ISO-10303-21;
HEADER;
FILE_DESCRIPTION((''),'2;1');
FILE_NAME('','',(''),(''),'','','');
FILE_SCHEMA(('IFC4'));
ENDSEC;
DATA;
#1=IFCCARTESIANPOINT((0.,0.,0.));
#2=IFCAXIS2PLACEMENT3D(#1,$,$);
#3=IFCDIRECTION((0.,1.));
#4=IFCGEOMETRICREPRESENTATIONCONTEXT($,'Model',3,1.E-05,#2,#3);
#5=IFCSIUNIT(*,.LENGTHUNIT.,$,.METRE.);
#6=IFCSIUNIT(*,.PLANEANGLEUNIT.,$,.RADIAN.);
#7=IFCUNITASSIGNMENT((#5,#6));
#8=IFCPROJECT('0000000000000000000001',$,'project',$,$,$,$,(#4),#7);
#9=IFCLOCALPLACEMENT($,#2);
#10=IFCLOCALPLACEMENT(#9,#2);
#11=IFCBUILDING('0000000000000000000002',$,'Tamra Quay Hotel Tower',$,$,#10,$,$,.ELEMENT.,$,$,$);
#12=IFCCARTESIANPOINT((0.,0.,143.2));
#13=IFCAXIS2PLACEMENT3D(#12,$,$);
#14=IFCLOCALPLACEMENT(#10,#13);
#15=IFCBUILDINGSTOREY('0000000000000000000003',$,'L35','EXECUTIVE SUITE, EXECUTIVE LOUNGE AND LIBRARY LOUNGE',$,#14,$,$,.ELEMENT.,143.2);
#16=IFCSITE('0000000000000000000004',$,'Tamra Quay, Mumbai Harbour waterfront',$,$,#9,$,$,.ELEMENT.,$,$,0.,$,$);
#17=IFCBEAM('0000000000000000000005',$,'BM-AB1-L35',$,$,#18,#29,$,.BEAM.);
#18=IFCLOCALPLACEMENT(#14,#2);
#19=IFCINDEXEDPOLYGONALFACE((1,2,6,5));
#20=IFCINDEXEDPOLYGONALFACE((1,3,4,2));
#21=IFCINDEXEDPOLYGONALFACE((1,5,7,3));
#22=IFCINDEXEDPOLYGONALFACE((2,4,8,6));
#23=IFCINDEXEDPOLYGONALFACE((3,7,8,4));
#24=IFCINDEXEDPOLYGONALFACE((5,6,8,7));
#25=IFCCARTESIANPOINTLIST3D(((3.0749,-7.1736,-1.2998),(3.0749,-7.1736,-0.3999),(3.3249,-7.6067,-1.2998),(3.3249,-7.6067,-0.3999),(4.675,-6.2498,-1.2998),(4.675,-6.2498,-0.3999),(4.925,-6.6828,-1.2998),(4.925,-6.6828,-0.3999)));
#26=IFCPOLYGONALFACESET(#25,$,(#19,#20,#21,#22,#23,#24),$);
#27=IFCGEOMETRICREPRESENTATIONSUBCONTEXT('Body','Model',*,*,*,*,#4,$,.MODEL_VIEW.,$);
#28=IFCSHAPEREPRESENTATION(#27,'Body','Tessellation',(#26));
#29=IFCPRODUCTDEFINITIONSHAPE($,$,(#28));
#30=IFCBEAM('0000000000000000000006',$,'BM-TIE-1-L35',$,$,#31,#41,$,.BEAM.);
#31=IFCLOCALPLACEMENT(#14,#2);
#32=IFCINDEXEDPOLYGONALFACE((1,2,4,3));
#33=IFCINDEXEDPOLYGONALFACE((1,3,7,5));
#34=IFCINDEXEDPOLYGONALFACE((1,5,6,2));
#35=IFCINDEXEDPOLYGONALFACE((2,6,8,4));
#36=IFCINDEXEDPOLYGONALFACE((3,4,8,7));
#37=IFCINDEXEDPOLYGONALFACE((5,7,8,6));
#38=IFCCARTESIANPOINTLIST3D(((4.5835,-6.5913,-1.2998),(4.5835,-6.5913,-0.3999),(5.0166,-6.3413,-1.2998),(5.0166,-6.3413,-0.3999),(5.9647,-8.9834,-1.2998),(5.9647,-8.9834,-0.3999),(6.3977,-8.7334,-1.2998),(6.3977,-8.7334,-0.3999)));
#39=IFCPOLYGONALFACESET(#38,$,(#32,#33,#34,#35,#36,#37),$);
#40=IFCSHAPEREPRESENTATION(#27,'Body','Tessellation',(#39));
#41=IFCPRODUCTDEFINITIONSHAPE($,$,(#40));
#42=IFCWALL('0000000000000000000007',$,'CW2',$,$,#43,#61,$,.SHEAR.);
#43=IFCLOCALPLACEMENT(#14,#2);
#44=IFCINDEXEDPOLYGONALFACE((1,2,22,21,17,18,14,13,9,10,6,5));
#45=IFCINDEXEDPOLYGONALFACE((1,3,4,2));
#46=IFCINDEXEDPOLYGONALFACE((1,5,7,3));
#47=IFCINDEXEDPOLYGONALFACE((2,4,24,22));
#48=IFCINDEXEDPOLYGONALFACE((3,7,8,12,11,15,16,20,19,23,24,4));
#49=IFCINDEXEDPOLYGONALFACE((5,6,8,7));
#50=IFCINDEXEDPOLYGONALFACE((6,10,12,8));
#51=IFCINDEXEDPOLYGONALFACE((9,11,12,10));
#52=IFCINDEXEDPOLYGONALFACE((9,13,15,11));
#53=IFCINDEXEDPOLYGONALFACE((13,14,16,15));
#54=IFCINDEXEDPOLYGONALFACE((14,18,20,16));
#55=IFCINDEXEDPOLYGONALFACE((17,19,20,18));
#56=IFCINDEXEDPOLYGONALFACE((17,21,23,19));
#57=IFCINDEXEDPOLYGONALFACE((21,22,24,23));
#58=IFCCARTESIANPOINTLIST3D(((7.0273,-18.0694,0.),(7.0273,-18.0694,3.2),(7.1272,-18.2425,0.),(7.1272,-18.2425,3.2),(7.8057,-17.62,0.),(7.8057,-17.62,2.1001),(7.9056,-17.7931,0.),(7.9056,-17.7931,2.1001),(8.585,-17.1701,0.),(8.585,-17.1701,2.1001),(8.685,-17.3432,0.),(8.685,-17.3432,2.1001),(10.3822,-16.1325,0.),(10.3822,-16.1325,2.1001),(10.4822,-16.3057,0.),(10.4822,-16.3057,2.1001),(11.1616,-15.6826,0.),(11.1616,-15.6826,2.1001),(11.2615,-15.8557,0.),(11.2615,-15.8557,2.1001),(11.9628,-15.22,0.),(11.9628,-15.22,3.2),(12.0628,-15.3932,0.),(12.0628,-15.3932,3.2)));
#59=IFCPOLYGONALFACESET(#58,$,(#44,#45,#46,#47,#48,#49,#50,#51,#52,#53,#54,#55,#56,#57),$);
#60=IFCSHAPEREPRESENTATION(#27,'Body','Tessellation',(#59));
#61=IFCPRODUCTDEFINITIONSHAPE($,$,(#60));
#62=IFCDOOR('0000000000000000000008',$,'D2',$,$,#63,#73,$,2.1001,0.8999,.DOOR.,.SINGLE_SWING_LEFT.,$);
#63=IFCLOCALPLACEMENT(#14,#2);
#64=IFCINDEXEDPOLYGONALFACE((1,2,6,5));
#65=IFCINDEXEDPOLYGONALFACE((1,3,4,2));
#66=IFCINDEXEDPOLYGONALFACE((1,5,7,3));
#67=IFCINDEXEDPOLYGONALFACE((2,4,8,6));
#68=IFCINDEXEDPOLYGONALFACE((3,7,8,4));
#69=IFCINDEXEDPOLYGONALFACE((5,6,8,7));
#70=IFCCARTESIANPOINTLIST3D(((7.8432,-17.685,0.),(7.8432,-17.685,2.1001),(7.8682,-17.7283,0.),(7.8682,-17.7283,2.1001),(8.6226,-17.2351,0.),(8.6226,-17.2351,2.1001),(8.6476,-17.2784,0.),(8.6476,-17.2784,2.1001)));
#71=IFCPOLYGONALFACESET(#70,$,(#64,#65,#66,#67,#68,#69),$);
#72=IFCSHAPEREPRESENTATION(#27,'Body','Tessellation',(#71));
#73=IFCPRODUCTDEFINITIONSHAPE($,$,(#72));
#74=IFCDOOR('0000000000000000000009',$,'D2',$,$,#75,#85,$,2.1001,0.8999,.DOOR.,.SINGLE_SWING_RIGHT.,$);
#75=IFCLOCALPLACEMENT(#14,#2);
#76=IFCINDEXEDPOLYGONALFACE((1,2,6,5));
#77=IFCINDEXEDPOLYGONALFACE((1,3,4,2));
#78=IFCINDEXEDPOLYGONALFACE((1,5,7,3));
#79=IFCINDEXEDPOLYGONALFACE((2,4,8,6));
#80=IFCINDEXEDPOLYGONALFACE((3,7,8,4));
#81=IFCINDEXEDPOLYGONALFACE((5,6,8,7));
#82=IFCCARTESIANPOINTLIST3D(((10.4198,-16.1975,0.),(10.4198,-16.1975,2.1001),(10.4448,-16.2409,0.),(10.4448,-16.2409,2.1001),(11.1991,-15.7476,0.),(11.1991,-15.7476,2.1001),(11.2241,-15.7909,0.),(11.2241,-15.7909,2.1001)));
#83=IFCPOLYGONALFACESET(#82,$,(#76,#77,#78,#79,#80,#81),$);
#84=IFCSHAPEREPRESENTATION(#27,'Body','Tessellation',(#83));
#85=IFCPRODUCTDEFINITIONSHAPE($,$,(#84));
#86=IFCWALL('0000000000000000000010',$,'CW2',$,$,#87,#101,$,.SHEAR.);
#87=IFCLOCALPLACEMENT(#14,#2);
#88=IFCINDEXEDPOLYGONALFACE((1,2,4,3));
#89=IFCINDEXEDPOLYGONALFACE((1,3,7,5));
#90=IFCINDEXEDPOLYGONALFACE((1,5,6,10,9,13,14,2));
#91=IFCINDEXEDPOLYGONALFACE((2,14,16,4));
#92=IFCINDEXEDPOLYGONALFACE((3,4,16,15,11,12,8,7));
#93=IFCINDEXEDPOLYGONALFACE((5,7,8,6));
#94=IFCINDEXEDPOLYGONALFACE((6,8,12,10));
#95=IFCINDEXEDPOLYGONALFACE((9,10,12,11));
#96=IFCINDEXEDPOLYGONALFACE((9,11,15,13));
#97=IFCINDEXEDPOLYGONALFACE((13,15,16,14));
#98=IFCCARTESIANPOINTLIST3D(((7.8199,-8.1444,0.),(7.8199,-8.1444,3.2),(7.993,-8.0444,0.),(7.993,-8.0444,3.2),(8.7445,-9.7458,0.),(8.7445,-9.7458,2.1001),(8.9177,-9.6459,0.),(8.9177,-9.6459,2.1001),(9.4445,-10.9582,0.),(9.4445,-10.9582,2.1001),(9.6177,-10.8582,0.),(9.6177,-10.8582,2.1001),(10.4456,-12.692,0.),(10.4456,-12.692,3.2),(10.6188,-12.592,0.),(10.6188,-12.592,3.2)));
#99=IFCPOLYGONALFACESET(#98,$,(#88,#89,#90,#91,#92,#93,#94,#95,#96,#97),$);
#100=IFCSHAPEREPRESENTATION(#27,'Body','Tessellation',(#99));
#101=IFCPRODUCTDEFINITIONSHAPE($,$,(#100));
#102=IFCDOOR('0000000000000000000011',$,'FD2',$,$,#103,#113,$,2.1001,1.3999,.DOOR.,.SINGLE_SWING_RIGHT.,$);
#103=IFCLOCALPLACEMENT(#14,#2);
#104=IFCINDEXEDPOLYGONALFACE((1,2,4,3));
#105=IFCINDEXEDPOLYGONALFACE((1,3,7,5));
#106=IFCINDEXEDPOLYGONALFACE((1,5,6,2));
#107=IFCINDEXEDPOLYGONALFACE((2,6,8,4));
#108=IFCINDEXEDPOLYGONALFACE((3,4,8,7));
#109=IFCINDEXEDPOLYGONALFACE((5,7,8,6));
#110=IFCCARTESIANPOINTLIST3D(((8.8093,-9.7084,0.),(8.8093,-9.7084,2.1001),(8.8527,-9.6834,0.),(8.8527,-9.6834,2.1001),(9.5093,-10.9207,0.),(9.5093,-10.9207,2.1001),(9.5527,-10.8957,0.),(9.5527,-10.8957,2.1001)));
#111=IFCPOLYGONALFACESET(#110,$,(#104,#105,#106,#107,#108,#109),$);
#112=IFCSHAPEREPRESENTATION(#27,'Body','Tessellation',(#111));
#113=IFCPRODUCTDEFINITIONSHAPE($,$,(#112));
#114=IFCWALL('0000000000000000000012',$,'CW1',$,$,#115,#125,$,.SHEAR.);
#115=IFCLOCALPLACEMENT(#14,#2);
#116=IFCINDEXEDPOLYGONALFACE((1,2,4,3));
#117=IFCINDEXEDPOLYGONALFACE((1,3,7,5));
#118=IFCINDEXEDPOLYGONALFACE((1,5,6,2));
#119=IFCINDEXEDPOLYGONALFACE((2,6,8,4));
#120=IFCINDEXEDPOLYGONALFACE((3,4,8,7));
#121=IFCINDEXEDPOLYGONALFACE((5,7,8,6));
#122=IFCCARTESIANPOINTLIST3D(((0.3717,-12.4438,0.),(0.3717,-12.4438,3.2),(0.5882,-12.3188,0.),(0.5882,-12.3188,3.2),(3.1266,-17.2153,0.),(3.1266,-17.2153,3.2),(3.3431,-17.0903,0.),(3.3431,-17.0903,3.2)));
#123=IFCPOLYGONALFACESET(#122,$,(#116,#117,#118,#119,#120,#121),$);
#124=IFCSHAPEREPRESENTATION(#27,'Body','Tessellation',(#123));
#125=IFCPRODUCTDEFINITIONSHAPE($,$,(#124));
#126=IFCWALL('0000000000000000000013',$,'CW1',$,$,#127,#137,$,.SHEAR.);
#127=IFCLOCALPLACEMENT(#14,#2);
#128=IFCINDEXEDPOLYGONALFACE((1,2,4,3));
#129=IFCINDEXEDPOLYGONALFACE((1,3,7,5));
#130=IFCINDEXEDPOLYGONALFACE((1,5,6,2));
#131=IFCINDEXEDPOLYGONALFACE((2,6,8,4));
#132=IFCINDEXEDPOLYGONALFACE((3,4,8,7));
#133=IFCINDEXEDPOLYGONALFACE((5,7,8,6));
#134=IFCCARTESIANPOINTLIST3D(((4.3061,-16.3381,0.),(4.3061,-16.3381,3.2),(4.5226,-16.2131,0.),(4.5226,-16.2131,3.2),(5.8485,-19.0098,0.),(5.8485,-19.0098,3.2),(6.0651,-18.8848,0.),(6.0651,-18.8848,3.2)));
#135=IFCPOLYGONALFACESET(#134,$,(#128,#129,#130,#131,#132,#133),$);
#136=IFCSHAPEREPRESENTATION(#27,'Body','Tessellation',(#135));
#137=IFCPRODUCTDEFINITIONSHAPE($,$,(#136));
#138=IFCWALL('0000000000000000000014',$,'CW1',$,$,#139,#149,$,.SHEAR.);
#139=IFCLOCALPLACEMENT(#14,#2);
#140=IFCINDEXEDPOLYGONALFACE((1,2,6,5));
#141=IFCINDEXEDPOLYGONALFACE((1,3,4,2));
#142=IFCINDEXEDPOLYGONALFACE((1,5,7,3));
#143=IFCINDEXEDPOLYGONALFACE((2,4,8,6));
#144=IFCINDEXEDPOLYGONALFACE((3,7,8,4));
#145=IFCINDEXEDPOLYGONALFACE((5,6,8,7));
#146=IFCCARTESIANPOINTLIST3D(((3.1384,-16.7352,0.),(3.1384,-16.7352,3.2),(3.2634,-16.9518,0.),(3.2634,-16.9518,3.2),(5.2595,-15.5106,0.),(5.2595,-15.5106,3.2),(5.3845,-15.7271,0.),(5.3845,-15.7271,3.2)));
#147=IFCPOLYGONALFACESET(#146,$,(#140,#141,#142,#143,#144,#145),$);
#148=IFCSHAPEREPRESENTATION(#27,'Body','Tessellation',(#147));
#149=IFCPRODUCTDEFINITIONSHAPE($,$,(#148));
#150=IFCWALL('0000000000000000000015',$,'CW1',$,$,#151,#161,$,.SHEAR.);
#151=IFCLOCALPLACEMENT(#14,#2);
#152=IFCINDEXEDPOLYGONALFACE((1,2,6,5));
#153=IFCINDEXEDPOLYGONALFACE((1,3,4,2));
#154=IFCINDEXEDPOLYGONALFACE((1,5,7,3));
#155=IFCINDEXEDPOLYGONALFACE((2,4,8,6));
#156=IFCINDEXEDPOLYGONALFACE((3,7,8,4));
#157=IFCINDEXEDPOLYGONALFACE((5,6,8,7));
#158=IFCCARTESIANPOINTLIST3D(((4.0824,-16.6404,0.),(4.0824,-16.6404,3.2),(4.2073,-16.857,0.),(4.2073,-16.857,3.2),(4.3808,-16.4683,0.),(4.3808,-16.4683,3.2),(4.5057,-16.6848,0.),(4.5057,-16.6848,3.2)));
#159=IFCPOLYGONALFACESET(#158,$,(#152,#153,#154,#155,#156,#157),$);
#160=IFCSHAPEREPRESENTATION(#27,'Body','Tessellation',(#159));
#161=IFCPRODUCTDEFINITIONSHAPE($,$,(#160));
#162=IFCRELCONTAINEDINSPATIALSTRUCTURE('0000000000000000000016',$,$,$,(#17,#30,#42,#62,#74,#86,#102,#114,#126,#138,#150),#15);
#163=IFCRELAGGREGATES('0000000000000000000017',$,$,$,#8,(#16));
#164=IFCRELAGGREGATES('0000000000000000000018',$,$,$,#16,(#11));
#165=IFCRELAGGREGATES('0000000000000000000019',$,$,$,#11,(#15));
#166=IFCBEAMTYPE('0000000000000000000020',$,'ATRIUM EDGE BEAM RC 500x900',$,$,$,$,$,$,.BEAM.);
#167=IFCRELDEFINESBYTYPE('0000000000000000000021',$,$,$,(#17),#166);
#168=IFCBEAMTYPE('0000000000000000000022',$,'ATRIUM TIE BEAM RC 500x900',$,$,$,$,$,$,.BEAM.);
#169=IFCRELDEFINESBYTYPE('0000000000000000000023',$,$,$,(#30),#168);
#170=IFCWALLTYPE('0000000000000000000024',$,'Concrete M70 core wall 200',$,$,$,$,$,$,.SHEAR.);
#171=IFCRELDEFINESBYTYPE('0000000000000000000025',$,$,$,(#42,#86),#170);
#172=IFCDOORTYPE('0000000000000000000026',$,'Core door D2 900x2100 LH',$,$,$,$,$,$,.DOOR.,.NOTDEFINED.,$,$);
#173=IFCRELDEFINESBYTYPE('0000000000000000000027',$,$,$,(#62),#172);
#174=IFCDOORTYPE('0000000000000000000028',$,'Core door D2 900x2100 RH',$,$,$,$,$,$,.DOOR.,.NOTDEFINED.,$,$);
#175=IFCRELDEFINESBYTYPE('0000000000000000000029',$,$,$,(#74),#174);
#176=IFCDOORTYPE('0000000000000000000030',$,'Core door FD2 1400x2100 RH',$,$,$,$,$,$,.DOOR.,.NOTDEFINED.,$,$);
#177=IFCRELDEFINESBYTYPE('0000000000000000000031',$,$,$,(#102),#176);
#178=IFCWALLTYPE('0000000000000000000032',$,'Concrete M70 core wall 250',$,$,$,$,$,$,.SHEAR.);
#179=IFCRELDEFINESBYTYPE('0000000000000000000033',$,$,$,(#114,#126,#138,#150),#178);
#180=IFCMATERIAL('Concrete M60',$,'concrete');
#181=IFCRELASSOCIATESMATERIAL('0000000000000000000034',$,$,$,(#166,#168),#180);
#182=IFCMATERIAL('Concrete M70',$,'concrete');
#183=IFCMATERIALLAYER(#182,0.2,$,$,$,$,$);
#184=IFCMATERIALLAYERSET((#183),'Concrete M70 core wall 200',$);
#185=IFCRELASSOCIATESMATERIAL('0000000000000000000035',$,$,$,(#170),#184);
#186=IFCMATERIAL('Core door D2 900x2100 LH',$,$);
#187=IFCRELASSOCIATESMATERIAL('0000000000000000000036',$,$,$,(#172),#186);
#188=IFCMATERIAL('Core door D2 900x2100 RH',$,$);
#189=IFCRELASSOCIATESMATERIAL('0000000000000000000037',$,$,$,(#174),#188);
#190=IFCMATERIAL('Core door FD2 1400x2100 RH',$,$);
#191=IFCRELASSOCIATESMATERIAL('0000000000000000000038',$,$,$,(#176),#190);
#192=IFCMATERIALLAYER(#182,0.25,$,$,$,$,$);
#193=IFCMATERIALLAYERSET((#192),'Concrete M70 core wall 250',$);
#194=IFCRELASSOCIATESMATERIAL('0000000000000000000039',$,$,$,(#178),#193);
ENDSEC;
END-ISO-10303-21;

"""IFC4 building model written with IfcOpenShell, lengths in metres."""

from ifc_helpers import new_model, si_unit, direction, frame, frame_2d, origin, origin_2d, place, context, subcontext, project, spatial, rectangle, extrude, material, layer, layer_set, material_profile, profile_set, type_object, element, fill, save


model = new_model("IFC4")

# Units and contexts
model_context = context("Model", 3, precision=1e-05, world=origin(), true_north=direction((0.0, 1.0)))
body_context = subcontext(model_context, "Body", "Model", "MODEL_VIEW")
ifc_project = project(units=[si_unit("LENGTHUNIT", "METRE"), si_unit("PLANEANGLEUNIT", "RADIAN")], contexts=[model_context])

# Site, building, storey
site_placement = place(None, origin())
site = spatial("IfcSite", under=ifc_project, at=site_placement, Name="Tamra Quay, Mumbai Harbour waterfront", CompositionType="ELEMENT", RefElevation=0.0)
building_placement = place(site_placement, origin())
building = spatial("IfcBuilding", under=site, at=building_placement, Name="Tamra Quay Hotel Tower", CompositionType="ELEMENT")
storey_placement = place(building_placement, frame((0.0, 0.0, 143.2)))
storey = spatial("IfcBuildingStorey", under=building, at=storey_placement, Name="L35", Description="EXECUTIVE SUITE, EXECUTIVE LOUNGE AND LIBRARY LOUNGE", CompositionType="ELEMENT", Elevation=143.2)

# Beams
ifc_material_1 = material(Name="Concrete M60", Category="concrete")
ifc_material_profile_1 = material_profile(ifc_material_1, rectangle(XDim=0.5, YDim=0.8999, at=origin_2d()), Name="ATRIUM EDGE BEAM RC 500x900")
ifc_profile_set_1 = profile_set([ifc_material_profile_1], Name="Concrete M60")
beam_type_1 = type_object("IfcBeamType", Name="ATRIUM EDGE BEAM RC 500x900", PredefinedType="BEAM", material=ifc_profile_set_1)
beam_1_placement = place(storey_placement, frame((4.8, -6.4663, -0.8499), z_axis=(-0.866023, -0.500005, 0.0), x_axis=(0.500005, -0.866023, 0.0)))
element("IfcBeam", 1, at=beam_1_placement, inside=storey, type_object=beam_type_1, Name="BM-AB1-L35", PredefinedType="BEAM", context=body_context, shape_type="SweptSolid", body=[
    extrude(rectangle(XDim=0.5, YDim=0.8999, at=origin_2d()), origin(), (0.0, 0.0, 1.0), 1.8477),
])
ifc_material_profile_2 = material_profile(ifc_material_1, rectangle(XDim=0.5, YDim=0.8999, at=origin_2d()), Name="ATRIUM TIE BEAM RC 500x900")
ifc_profile_set_2 = profile_set([ifc_material_profile_2], Name="Concrete M60")
beam_type_2 = type_object("IfcBeamType", Name="ATRIUM TIE BEAM RC 500x900", PredefinedType="BEAM", material=ifc_profile_set_2)
beam_2_placement = place(storey_placement, frame((4.8, -6.4663, -0.8499), z_axis=(0.500008, -0.866021, 0.0), x_axis=(0.866021, 0.500008, 0.0)))
element("IfcBeam", 2, at=beam_2_placement, inside=storey, type_object=beam_type_2, Name="BM-TIE-1-L35", PredefinedType="BEAM", context=body_context, shape_type="SweptSolid", body=[
    extrude(rectangle(XDim=0.5, YDim=0.8999, at=origin_2d()), origin(), (0.0, 0.0, 1.0), 2.7622),
])

# Wall, openings, doors
ifc_material_2 = material(Name="Concrete M70", Category="concrete")
ifc_layer_1 = layer(ifc_material_2, 0.2)
ifc_layer_set_1 = layer_set([ifc_layer_1], Name="Concrete M70 core wall 200")
wall_type_1 = type_object("IfcWallType", Name="Concrete M70 core wall 200", PredefinedType="SHEAR", material=ifc_layer_set_1)
wall_1_placement = place(storey_placement, frame((7.0771, -18.156, 0.0), z_axis=(0.0, 0.0, 1.0), x_axis=(0.866039, 0.499977, 0.0)))
wall_1 = element("IfcWall", 3, at=wall_1_placement, inside=storey, type_object=wall_type_1, Name="CW2", PredefinedType="SHEAR", context=body_context, shape_type="SweptSolid", body=[
    extrude(rectangle(XDim=5.699, YDim=0.2, at=frame_2d((2.8496, 0.0))), origin(), (0.0, 0.0, 1.0), 3.2),
])
opening_1_placement = place(wall_1_placement, frame((0.8989, 0.0, 0.0)))
opening_1 = element("IfcOpeningElement", 4, at=opening_1_placement, cuts=wall_1, PredefinedType="OPENING", context=body_context, shape_type="SweptSolid", body=[
    extrude(rectangle(XDim=0.8999, YDim=2.1001, at=frame_2d((0.45, 1.05))), frame((0.0, 0.1099, 0.0), z_axis=(0.0, -1.0, 0.0), x_axis=(1.0, 0.0, 0.0)), (0.0, 0.0, 1.0), 0.22),
])
opening_2_placement = place(wall_1_placement, frame((3.874, 0.0, 0.0)))
opening_2 = element("IfcOpeningElement", 5, at=opening_2_placement, cuts=wall_1, PredefinedType="OPENING", context=body_context, shape_type="SweptSolid", body=[
    extrude(rectangle(XDim=0.8999, YDim=2.1001, at=frame_2d((0.45, 1.05))), frame((0.0, 0.1099, 0.0), z_axis=(0.0, -1.0, 0.0), x_axis=(1.0, 0.0, 0.0)), (0.0, 0.0, 1.0), 0.22),
])
ifc_material_3 = material(Name="Core door D2 900x2100 LH")
door_type_1 = type_object("IfcDoorType", Name="Core door D2 900x2100 LH", OperationType="NOTDEFINED", PredefinedType="DOOR", material=ifc_material_3)
door_1_placement = place(opening_1_placement, origin())
door_1 = element("IfcDoor", 6, at=door_1_placement, inside=storey, type_object=door_type_1, Name="D2", OperationType="SINGLE_SWING_LEFT", OverallHeight=2.1001, OverallWidth=0.8999, PredefinedType="DOOR", context=body_context, shape_type="SweptSolid", body=[
    extrude(rectangle(XDim=0.8999, YDim=2.1001, at=frame_2d((0.45, 1.05))), frame((0.0, 0.0249, 0.0), z_axis=(0.0, -1.0, 0.0), x_axis=(1.0, 0.0, 0.0)), (0.0, 0.0, 1.0), 0.05),
])
fill(opening_1, door_1)
ifc_material_4 = material(Name="Core door D2 900x2100 RH")
door_type_2 = type_object("IfcDoorType", Name="Core door D2 900x2100 RH", OperationType="NOTDEFINED", PredefinedType="DOOR", material=ifc_material_4)
door_2_placement = place(opening_2_placement, origin())
door_2 = element("IfcDoor", 7, at=door_2_placement, inside=storey, type_object=door_type_2, Name="D2", OperationType="SINGLE_SWING_RIGHT", OverallHeight=2.1001, OverallWidth=0.8999, PredefinedType="DOOR", context=body_context, shape_type="SweptSolid", body=[
    extrude(rectangle(XDim=0.8999, YDim=2.1001, at=frame_2d((0.45, 1.05))), frame((0.0, 0.0249, 0.0), z_axis=(0.0, -1.0, 0.0), x_axis=(1.0, 0.0, 0.0)), (0.0, 0.0, 1.0), 0.05),
])
fill(opening_2, door_2)

# Wall, opening, door
wall_2_placement = place(storey_placement, frame((7.9065, -8.0945, 0.0), z_axis=(0.0, 0.0, 1.0), x_axis=(0.500024, -0.866011, 0.0)))
wall_2 = element("IfcWall", 8, at=wall_2_placement, inside=storey, type_object=wall_type_1, Name="CW2", PredefinedType="SHEAR", context=body_context, shape_type="SweptSolid", body=[
    extrude(rectangle(XDim=5.2512, YDim=0.2, at=frame_2d((2.6255, 0.0))), origin(), (0.0, 0.0, 1.0), 3.2),
])
opening_3_placement = place(wall_2_placement, frame((1.8491, 0.0, 0.0)))
opening_3 = element("IfcOpeningElement", 9, at=opening_3_placement, cuts=wall_2, PredefinedType="OPENING", context=body_context, shape_type="SweptSolid", body=[
    extrude(rectangle(XDim=1.3999, YDim=2.1001, at=frame_2d((0.7, 1.05))), frame((0.0, 0.1099, 0.0), z_axis=(0.0, -1.0, 0.0), x_axis=(1.0, 0.0, 0.0)), (0.0, 0.0, 1.0), 0.22),
])
ifc_material_5 = material(Name="Core door FD2 1400x2100 RH")
door_type_3 = type_object("IfcDoorType", Name="Core door FD2 1400x2100 RH", OperationType="NOTDEFINED", PredefinedType="DOOR", material=ifc_material_5)
door_3_placement = place(opening_3_placement, origin())
door_3 = element("IfcDoor", 10, at=door_3_placement, inside=storey, type_object=door_type_3, Name="FD2", OperationType="SINGLE_SWING_RIGHT", OverallHeight=2.1001, OverallWidth=1.3999, PredefinedType="DOOR", context=body_context, shape_type="SweptSolid", body=[
    extrude(rectangle(XDim=1.3999, YDim=2.1001, at=frame_2d((0.7, 1.05))), frame((0.0, 0.0249, 0.0), z_axis=(0.0, -1.0, 0.0), x_axis=(1.0, 0.0, 0.0)), (0.0, 0.0, 1.0), 0.05),
])
fill(opening_3, door_3)

# Walls
ifc_layer_2 = layer(ifc_material_2, 0.25)
ifc_layer_set_2 = layer_set([ifc_layer_2], Name="Concrete M70 core wall 250")
wall_type_2 = type_object("IfcWallType", Name="Concrete M70 core wall 250", PredefinedType="SHEAR", material=ifc_layer_set_2)
wall_3_placement = place(storey_placement, frame((3.2349, -17.1528, 0.0), z_axis=(0.0, 0.0, 1.0), x_axis=(-0.500009, 0.86602, 0.0)))
element("IfcWall", 11, at=wall_3_placement, inside=storey, type_object=wall_type_2, Name="CW1", PredefinedType="SHEAR", context=body_context, shape_type="SweptSolid", body=[
    extrude(rectangle(XDim=5.5098, YDim=0.25, at=frame_2d((2.7549, 0.0))), origin(), (0.0, 0.0, 1.0), 3.2),
])
wall_4_placement = place(storey_placement, frame((4.4143, -16.2756, 0.0), z_axis=(0.0, 0.0, 1.0), x_axis=(0.500003, -0.866023, 0.0)))
element("IfcWall", 12, at=wall_4_placement, inside=storey, type_object=wall_type_2, Name="CW1", PredefinedType="SHEAR", context=body_context, shape_type="SweptSolid", body=[
    extrude(rectangle(XDim=3.085, YDim=0.25, at=frame_2d((1.5425, 0.0))), origin(), (0.0, 0.0, 1.0), 3.2),
])
wall_5_placement = place(storey_placement, frame((5.322, -15.6189, 0.0), z_axis=(0.0, 0.0, 1.0), x_axis=(-0.866026, -0.499999, 0.0)))
element("IfcWall", 13, at=wall_5_placement, inside=storey, type_object=wall_type_2, Name="CW1", PredefinedType="SHEAR", context=body_context, shape_type="SweptSolid", body=[
    extrude(rectangle(XDim=2.4492, YDim=0.25, at=frame_2d((1.2246, 0.0))), origin(), (0.0, 0.0, 1.0), 3.2),
])
wall_6_placement = place(storey_placement, frame((4.1448, -16.7488, 0.0), z_axis=(0.0, 0.0, 1.0), x_axis=(0.866186, 0.499722, 0.0)))
element("IfcWall", 14, at=wall_6_placement, inside=storey, type_object=wall_type_2, Name="CW1", PredefinedType="SHEAR", context=body_context, shape_type="SweptSolid", body=[
    extrude(rectangle(XDim=0.3445, YDim=0.25, at=frame_2d((0.1724, 0.0))), origin(), (0.0, 0.0, 1.0), 3.2),
])

save(model, "model.ifc")
